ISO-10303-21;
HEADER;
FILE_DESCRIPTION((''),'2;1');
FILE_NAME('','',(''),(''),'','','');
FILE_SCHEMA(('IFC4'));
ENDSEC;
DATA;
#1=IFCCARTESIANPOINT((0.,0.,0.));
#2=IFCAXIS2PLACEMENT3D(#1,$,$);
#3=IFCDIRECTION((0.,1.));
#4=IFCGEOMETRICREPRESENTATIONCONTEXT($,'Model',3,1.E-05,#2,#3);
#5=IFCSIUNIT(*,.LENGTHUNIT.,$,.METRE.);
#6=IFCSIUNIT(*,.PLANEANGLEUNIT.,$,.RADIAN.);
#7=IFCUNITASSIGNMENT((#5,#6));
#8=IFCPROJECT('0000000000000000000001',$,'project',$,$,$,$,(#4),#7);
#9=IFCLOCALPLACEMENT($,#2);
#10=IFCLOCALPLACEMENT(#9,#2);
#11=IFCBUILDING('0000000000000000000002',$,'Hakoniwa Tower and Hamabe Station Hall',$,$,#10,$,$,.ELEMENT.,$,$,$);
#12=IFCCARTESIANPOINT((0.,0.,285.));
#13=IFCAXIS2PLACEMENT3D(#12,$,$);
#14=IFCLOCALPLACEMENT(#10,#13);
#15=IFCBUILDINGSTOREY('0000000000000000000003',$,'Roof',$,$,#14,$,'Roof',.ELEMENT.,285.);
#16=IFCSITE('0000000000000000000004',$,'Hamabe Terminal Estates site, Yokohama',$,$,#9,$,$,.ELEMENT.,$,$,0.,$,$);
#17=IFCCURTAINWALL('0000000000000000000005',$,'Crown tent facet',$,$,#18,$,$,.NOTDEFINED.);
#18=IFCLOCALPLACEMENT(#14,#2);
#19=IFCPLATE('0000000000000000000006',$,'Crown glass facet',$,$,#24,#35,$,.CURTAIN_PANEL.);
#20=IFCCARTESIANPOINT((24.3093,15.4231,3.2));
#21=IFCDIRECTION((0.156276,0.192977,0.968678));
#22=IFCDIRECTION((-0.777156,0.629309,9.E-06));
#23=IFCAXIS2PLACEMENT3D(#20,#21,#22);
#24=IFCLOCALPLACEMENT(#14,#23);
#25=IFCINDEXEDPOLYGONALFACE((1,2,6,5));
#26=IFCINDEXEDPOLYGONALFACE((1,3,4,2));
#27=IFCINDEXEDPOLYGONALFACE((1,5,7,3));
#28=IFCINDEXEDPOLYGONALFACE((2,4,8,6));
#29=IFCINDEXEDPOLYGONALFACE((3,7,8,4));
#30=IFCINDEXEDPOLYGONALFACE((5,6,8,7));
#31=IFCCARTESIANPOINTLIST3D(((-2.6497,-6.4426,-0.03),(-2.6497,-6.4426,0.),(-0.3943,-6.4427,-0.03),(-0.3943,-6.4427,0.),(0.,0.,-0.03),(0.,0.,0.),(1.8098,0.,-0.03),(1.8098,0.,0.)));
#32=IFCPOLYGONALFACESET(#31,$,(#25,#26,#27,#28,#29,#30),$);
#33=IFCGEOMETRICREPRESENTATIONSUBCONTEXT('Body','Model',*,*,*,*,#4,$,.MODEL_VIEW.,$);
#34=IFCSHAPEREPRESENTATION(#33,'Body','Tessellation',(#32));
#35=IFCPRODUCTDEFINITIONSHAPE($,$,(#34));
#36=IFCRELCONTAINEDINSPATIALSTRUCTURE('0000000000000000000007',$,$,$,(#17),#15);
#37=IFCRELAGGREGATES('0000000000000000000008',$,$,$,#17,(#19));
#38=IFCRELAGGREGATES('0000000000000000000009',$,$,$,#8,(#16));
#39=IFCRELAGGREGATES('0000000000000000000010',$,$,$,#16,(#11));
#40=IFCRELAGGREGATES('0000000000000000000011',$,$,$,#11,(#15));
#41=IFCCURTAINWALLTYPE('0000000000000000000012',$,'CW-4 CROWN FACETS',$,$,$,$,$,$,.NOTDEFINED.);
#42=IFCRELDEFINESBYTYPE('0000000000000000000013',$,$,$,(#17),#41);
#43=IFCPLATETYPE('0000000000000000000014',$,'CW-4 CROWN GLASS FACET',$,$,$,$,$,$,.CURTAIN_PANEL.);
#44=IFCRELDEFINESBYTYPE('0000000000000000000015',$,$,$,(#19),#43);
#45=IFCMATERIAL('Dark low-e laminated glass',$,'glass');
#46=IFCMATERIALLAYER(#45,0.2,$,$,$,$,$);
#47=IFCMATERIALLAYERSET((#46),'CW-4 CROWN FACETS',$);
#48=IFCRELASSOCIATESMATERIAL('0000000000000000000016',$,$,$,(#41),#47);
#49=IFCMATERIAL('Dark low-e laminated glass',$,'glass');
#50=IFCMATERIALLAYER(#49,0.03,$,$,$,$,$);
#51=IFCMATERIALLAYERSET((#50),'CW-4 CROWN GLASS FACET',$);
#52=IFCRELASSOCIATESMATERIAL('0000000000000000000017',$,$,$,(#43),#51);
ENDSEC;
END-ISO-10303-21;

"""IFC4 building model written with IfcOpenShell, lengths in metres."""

from ifc_helpers import new_model, si_unit, direction, frame, origin, place, context, subcontext, project, spatial, polyline, outline, extrude, material, layer, layer_set, type_object, element, aggregate, save


model = new_model("IFC4")

# Units and contexts
model_context = context("Model", 3, precision=1e-05, world=origin(), true_north=direction((0.0, 1.0)))
body_context = subcontext(model_context, "Body", "Model", "MODEL_VIEW")
ifc_project = project(units=[si_unit("LENGTHUNIT", "METRE"), si_unit("PLANEANGLEUNIT", "RADIAN")], contexts=[model_context])

# Site, building, storey
site_placement = place(None, origin())
site = spatial("IfcSite", under=ifc_project, at=site_placement, Name="Hamabe Terminal Estates site, Yokohama", CompositionType="ELEMENT", RefElevation=0.0)
building_placement = place(site_placement, origin())
building = spatial("IfcBuilding", under=site, at=building_placement, Name="Hakoniwa Tower and Hamabe Station Hall", CompositionType="ELEMENT")
storey_placement = place(building_placement, frame((0.0, 0.0, 285.0)))
storey = spatial("IfcBuildingStorey", under=building, at=storey_placement, Name="Roof", LongName="Roof", CompositionType="ELEMENT", Elevation=285.0)

# Shared definitions
ifc_material_1 = material(Name="Dark low-e laminated glass", Category="glass")
ifc_layer_1 = layer(ifc_material_1, 0.2)
ifc_layer_set_1 = layer_set([ifc_layer_1], Name="CW-4 CROWN FACETS")
curtain_wall_type = type_object("IfcCurtainWallType", Name="CW-4 CROWN FACETS", PredefinedType="NOTDEFINED", material=ifc_layer_set_1)

# Shared definitions
ifc_material_2 = material(Name="Dark low-e laminated glass", Category="glass")
ifc_layer_2 = layer(ifc_material_2, 0.03)
ifc_layer_set_2 = layer_set([ifc_layer_2], Name="CW-4 CROWN GLASS FACET")
plate_type = type_object("IfcPlateType", Name="CW-4 CROWN GLASS FACET", PredefinedType="CURTAIN_PANEL", material=ifc_layer_set_2)

# Curtain wall, plate
curtain_wall_1_placement = place(storey_placement, origin())
curtain_wall_1 = element("IfcCurtainWall", 1, at=curtain_wall_1_placement, inside=storey, type_object=curtain_wall_type, Name="Crown tent facet", PredefinedType="NOTDEFINED")
plate_1_placement = place(storey_placement, frame((24.3093, 15.4231, 3.2), z_axis=(0.156276, 0.192977, 0.968678), x_axis=(-0.777156, 0.629309, 0.000009)))
plate_1 = element("IfcPlate", 2, at=plate_1_placement, type_object=plate_type, Name="Crown glass facet", PredefinedType="CURTAIN_PANEL", context=body_context, shape_type="SweptSolid", body=[
    extrude(outline(polyline([(0.0, 0.0), (1.8098, 0.0), (-0.3943, -6.4427), (-2.6497, -6.4426), (0.0, 0.0)])), origin(), (0.0, 0.0, -1.0), 0.03),
])
aggregate(curtain_wall_1, [plate_1])

save(model, "model.ifc")
